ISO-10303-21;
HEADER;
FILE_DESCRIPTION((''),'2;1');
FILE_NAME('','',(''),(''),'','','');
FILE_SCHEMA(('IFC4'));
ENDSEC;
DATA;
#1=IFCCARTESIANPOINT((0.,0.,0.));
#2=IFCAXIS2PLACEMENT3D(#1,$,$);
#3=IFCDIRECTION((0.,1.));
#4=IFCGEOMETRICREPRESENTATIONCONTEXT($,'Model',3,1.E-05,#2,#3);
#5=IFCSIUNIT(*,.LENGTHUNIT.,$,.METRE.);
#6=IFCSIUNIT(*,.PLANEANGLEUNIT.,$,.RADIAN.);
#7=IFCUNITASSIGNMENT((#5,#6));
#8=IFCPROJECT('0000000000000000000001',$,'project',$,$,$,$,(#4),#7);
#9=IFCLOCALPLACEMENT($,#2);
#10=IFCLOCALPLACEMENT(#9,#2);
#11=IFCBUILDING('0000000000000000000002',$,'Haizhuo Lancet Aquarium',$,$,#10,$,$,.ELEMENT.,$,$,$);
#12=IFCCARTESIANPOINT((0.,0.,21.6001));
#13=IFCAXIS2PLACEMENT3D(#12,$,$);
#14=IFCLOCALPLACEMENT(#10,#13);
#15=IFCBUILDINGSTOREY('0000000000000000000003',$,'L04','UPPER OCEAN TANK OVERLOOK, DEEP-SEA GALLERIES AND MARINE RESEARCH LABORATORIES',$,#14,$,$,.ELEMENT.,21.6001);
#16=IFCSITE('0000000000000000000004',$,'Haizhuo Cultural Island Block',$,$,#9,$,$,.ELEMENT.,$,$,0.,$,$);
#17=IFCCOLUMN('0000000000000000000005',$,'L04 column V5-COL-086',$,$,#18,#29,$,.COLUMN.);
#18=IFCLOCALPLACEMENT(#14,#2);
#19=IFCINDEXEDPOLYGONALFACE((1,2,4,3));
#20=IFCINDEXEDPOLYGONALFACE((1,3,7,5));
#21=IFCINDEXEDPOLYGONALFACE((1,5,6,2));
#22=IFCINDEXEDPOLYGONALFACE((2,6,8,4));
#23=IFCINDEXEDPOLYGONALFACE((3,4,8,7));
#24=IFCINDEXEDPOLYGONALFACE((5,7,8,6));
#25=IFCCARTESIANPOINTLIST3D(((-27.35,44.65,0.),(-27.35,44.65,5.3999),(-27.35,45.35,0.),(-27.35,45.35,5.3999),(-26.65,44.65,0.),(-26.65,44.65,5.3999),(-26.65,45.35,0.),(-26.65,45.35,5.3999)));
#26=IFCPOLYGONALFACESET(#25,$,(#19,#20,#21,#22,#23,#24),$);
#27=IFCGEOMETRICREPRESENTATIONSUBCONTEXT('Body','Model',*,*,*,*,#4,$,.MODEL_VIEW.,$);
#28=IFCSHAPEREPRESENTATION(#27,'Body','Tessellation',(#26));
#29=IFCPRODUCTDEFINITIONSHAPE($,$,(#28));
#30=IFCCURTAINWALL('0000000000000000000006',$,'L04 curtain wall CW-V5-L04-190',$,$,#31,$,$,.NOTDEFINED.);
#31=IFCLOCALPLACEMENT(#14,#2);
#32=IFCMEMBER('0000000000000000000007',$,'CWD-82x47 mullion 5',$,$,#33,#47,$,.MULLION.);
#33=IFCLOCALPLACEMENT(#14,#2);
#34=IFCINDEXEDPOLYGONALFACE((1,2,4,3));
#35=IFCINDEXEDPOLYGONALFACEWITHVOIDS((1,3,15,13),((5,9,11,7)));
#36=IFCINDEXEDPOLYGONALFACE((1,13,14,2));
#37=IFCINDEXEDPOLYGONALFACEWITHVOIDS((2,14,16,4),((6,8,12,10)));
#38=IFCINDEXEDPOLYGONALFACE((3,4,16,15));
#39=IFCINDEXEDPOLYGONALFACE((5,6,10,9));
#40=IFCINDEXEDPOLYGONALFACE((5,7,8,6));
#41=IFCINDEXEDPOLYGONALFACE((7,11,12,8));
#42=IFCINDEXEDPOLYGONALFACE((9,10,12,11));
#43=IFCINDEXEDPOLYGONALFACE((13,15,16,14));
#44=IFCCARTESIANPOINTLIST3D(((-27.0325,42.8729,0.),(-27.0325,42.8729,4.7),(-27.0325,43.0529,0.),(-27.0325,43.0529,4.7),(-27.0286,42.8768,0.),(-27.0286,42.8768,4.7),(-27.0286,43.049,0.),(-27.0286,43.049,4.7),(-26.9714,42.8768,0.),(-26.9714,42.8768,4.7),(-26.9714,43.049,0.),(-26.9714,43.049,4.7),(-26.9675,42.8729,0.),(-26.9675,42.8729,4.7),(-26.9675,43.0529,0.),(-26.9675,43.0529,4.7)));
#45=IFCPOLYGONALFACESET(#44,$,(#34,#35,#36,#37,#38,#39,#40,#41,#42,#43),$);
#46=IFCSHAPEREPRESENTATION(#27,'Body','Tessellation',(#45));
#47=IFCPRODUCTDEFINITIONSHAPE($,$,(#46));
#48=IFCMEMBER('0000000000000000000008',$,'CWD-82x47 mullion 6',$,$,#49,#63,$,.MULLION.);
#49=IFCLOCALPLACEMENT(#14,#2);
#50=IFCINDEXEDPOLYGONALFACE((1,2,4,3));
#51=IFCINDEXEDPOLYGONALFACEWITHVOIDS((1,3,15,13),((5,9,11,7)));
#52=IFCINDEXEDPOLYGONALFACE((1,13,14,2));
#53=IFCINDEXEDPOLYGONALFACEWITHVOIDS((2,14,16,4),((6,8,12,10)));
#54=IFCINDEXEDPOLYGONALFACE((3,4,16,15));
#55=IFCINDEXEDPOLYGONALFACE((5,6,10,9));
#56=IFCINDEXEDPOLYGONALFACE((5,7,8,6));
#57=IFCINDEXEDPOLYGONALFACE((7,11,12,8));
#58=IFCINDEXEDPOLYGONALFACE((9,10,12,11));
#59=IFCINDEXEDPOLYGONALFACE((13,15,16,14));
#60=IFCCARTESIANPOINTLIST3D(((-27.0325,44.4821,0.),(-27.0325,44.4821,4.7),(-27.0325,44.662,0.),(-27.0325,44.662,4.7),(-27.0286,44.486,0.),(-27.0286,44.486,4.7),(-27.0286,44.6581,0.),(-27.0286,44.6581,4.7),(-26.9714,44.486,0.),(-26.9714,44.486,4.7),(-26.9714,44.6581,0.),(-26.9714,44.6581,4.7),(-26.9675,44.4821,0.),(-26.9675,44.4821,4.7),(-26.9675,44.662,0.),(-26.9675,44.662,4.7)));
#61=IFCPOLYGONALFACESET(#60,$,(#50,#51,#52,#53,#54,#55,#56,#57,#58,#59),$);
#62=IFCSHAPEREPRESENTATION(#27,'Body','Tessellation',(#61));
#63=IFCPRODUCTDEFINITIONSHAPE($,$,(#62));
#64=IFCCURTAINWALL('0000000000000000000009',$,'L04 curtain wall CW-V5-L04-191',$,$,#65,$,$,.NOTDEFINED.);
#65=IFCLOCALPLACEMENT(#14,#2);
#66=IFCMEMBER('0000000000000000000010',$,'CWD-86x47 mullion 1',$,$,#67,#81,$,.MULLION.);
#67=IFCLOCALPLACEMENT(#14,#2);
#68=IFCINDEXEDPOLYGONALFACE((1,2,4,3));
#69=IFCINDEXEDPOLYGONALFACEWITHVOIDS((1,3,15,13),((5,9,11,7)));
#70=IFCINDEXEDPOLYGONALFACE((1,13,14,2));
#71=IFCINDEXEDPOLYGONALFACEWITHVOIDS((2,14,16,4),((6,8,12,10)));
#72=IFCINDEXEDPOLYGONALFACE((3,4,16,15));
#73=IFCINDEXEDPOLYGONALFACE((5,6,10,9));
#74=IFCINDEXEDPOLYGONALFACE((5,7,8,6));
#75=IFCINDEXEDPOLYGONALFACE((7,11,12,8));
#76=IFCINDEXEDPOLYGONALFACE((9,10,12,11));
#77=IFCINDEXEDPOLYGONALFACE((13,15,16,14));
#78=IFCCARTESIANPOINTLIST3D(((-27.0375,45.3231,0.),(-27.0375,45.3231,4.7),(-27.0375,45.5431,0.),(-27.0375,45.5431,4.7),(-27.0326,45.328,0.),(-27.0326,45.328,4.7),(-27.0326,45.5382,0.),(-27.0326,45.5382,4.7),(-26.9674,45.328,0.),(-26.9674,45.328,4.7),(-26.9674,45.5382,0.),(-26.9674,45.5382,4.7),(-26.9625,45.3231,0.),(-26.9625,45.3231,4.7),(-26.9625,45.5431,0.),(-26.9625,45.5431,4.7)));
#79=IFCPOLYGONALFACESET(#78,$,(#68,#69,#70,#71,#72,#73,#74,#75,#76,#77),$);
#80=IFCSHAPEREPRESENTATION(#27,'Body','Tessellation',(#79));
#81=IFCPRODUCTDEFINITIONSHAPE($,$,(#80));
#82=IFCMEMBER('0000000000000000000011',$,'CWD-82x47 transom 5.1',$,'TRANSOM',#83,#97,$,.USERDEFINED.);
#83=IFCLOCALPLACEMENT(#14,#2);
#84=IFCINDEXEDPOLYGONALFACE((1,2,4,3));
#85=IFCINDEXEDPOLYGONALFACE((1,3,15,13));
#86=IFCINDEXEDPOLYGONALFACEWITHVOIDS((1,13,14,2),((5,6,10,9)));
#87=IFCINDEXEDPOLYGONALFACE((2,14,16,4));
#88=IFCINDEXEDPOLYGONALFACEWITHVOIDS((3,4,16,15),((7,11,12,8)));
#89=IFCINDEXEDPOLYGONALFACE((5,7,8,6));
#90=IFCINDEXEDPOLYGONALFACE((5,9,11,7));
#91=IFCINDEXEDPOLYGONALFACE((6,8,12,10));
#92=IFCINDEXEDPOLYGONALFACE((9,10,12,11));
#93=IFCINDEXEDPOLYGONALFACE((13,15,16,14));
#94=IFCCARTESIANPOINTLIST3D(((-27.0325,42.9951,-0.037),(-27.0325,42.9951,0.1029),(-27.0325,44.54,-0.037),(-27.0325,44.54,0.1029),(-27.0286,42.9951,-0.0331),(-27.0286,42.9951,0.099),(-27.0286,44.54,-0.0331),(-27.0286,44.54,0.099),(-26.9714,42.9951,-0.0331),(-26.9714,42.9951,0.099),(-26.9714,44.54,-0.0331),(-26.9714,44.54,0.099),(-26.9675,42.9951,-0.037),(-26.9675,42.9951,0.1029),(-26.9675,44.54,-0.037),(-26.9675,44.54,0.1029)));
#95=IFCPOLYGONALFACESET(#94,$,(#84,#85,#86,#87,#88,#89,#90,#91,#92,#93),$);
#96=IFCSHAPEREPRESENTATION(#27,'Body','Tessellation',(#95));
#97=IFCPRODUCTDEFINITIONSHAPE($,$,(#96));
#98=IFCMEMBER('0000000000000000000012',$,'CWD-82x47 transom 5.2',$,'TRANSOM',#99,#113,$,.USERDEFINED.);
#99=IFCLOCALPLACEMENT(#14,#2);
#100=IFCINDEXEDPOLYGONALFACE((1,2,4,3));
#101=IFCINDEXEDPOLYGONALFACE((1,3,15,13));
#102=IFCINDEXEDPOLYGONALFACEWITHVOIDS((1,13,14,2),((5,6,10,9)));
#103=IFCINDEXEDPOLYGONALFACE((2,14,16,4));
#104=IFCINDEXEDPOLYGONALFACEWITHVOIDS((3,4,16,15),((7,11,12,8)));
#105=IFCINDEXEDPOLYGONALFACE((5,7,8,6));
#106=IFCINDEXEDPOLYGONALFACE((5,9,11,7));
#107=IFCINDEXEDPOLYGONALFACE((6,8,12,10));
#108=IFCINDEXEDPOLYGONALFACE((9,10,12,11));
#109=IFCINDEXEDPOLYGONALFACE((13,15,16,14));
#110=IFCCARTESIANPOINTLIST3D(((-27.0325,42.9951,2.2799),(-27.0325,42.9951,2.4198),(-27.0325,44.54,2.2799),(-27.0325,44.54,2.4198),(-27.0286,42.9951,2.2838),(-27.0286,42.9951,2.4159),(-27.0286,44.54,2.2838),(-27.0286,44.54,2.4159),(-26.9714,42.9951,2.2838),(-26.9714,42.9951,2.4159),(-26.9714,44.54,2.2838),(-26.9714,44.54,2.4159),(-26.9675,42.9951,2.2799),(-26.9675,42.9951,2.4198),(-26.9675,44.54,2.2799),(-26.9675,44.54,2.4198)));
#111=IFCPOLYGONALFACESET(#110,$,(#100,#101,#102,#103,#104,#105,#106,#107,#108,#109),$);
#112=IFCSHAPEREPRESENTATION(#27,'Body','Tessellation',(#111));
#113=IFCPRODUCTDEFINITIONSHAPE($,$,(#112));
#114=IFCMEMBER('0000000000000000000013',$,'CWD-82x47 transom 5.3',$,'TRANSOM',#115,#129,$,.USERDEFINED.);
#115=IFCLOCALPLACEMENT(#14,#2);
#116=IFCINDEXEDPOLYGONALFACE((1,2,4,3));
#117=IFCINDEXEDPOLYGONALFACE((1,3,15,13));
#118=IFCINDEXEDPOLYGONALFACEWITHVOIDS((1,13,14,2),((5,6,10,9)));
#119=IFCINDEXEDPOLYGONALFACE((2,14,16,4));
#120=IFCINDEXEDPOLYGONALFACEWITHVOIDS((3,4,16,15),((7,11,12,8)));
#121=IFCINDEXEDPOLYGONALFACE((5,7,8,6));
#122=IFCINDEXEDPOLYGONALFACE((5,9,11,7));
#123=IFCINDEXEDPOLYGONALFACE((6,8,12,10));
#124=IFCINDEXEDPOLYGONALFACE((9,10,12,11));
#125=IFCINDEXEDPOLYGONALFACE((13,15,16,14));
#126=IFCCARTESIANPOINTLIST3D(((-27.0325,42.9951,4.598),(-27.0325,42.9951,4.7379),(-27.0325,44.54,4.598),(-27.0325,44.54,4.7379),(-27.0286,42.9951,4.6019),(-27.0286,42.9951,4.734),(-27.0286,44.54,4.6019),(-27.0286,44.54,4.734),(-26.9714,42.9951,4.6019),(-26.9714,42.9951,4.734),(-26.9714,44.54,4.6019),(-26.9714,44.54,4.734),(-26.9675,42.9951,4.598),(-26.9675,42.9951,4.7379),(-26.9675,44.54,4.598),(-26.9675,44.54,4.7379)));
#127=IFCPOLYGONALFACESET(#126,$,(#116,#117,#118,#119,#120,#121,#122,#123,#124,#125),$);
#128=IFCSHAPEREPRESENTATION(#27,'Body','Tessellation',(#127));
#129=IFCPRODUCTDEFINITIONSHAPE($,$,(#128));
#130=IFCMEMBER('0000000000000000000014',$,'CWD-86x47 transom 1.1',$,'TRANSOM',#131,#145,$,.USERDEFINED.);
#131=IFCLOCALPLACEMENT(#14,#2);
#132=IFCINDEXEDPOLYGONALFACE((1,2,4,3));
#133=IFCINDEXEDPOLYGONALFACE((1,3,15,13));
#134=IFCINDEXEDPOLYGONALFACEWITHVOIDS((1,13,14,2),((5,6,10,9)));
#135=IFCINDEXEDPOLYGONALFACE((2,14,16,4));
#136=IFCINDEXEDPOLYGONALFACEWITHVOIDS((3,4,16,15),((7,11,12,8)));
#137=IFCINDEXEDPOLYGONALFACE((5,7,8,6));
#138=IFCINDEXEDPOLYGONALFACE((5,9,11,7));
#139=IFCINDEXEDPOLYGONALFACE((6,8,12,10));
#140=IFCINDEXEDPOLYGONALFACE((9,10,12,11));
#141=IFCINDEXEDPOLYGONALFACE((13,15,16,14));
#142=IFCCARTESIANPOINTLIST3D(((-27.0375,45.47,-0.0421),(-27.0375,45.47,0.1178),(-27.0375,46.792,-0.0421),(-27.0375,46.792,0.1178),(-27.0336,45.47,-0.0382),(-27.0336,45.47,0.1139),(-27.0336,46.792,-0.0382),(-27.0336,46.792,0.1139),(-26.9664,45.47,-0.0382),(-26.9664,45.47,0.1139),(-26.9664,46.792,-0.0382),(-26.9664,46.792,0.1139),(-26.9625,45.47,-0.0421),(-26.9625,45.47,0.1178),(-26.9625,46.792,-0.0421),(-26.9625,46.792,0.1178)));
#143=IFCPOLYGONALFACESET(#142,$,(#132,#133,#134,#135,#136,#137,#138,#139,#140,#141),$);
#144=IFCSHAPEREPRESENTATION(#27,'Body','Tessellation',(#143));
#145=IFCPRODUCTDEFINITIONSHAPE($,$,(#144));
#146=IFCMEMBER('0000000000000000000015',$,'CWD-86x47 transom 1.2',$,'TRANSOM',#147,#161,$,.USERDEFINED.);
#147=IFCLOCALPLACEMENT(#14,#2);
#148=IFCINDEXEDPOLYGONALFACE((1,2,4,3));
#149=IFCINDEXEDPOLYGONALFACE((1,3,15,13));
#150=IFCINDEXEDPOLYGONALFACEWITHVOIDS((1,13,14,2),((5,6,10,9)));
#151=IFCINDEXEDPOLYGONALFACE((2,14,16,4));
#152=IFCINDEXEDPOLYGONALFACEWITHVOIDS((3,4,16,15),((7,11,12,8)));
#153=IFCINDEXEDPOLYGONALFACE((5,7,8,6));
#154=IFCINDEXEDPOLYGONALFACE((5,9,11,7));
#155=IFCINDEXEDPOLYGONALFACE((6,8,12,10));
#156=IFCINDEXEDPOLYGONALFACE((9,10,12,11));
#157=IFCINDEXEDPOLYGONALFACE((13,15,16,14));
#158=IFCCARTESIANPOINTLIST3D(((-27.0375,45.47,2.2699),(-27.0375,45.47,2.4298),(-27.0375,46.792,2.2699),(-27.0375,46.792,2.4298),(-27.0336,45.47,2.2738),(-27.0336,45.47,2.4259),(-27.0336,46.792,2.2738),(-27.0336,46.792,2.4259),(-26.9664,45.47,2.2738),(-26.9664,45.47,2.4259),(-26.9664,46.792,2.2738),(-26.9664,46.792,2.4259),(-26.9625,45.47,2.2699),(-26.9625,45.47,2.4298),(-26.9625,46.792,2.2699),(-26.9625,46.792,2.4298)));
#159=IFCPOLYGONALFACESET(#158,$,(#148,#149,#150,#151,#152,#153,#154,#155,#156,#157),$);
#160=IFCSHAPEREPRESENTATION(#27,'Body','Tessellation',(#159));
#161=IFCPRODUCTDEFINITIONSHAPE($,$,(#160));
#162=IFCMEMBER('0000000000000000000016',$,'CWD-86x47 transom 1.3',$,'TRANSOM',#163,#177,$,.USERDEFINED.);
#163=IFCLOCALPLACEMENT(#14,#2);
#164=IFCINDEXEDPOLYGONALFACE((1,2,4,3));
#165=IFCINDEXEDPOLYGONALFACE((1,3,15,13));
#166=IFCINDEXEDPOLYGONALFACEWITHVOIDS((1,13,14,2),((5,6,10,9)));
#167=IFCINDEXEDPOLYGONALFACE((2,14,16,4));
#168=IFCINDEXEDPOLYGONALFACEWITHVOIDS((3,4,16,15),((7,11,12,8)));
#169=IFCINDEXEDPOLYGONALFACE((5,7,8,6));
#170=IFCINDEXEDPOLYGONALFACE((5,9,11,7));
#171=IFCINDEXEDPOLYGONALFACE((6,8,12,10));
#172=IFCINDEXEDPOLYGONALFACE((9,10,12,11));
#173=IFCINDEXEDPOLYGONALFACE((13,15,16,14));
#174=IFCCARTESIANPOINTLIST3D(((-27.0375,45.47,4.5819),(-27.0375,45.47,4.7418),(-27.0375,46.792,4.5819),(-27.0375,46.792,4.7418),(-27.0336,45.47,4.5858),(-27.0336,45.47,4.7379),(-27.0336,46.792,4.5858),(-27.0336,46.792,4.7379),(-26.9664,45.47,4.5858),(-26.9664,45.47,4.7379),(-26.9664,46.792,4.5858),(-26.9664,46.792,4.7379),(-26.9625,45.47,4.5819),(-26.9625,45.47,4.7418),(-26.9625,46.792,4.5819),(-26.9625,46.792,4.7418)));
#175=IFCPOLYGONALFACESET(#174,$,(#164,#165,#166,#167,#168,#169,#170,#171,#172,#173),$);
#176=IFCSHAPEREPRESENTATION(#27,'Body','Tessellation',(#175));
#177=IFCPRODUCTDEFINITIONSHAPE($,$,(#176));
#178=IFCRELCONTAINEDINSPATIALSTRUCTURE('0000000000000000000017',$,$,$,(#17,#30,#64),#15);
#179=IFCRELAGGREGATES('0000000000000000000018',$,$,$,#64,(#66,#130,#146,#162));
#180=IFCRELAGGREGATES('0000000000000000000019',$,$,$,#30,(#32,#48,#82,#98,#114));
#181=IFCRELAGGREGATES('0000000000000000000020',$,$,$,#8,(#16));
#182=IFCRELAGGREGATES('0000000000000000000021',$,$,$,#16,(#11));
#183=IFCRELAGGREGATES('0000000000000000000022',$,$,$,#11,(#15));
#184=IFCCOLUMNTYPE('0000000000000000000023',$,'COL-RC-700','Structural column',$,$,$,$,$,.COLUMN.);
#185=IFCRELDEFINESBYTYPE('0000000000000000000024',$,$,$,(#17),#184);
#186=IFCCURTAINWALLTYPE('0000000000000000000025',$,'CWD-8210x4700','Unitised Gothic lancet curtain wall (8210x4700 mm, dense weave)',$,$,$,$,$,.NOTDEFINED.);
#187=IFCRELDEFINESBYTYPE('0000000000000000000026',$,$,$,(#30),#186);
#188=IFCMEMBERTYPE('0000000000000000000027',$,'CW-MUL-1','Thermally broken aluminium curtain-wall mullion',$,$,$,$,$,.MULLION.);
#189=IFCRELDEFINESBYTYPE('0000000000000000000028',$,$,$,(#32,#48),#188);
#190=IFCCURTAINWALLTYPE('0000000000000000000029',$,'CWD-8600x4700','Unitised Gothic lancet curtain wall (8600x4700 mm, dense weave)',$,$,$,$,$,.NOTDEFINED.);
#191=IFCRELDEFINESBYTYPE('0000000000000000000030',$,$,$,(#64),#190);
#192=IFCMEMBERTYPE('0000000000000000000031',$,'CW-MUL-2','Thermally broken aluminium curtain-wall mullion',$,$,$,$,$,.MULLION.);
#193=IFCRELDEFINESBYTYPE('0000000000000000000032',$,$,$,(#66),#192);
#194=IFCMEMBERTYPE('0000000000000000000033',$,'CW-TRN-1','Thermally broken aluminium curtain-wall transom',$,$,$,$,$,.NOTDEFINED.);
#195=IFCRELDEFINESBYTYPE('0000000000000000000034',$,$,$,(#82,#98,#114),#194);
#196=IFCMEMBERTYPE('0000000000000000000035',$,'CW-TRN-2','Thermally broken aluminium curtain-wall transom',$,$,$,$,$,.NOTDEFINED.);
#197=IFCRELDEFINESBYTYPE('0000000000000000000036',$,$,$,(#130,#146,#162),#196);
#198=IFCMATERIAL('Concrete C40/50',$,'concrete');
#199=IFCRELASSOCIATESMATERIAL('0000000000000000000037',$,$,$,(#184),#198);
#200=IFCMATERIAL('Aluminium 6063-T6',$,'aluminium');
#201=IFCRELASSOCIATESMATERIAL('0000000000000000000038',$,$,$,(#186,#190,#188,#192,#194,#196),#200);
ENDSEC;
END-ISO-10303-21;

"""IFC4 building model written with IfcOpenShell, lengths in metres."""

from ifc_helpers import new_model, si_unit, direction, frame, origin, origin_2d, place, context, subcontext, project, spatial, rectangle, hollow_rectangle, extrude, material, material_profile, profile_set, type_object, element, aggregate, save


model = new_model("IFC4")

# Units and contexts
model_context = context("Model", 3, precision=1e-05, world=origin(), true_north=direction((0.0, 1.0)))
body_context = subcontext(model_context, "Body", "Model", "MODEL_VIEW")
ifc_project = project(units=[si_unit("LENGTHUNIT", "METRE"), si_unit("PLANEANGLEUNIT", "RADIAN")], contexts=[model_context])

# Site, building, storey
site_placement = place(None, origin())
site = spatial("IfcSite", under=ifc_project, at=site_placement, Name="Haizhuo Cultural Island Block", CompositionType="ELEMENT", RefElevation=0.0)
building_placement = place(site_placement, origin())
building = spatial("IfcBuilding", under=site, at=building_placement, Name="Haizhuo Lancet Aquarium", CompositionType="ELEMENT")
storey_placement = place(building_placement, frame((0.0, 0.0, 21.6001)))
storey = spatial("IfcBuildingStorey", under=building, at=storey_placement, Name="L04", Description="UPPER OCEAN TANK OVERLOOK, DEEP-SEA GALLERIES AND MARINE RESEARCH LABORATORIES", CompositionType="ELEMENT", Elevation=21.6001)

# Column
ifc_material_1 = material(Name="Concrete C40/50", Category="concrete")
ifc_material_profile_1 = material_profile(ifc_material_1, rectangle(XDim=0.7, YDim=0.7, at=origin_2d()), Name="RC-COL 700x700")
ifc_profile_set_1 = profile_set([ifc_material_profile_1], Name="Concrete C40/50")
column_type = type_object("IfcColumnType", Name="COL-RC-700", Description="Structural column", PredefinedType="COLUMN", material=ifc_profile_set_1)
column_placement = place(storey_placement, frame((-27.0, 45.0, 0.0), z_axis=(0.0, 0.0, 1.0), x_axis=(1.0, 0.0, 0.0)))
element("IfcColumn", 1, at=column_placement, inside=storey, type_object=column_type, Name="L04 column V5-COL-086", PredefinedType="COLUMN", context=body_context, shape_type="SweptSolid", body=[
    extrude(rectangle(XDim=0.7, YDim=0.7, at=origin_2d()), origin(), (0.0, 0.0, 1.0), 5.3999),
])

# Curtain wall, members
ifc_material_2 = material(Name="Aluminium 6063-T6", Category="aluminium")
curtain_wall_type_1 = type_object("IfcCurtainWallType", Name="CWD-8210x4700", Description="Unitised Gothic lancet curtain wall (8210x4700 mm, dense weave)", PredefinedType="NOTDEFINED", material=ifc_material_2)
curtain_wall_1_placement = place(storey_placement, origin())
curtain_wall_1 = element("IfcCurtainWall", 2, at=curtain_wall_1_placement, inside=storey, type_object=curtain_wall_type_1, Name="L04 curtain wall CW-V5-L04-190", PredefinedType="NOTDEFINED")
ifc_material_profile_2 = material_profile(ifc_material_2, hollow_rectangle(XDim=0.0649, YDim=0.1799, WallThickness=0.0039, at=origin_2d()), Name="ALU-M 65x180x4")
ifc_profile_set_2 = profile_set([ifc_material_profile_2], Name="Aluminium 6063-T6")
member_type_1 = type_object("IfcMemberType", Name="CW-MUL-1", Description="Thermally broken aluminium curtain-wall mullion", PredefinedType="MULLION", material=ifc_profile_set_2)
member_1_placement = place(storey_placement, frame((-27.0, 42.9629, 0.0), z_axis=(0.0, 0.0, 1.0), x_axis=(-1.0, 0.0, 0.0)))
member_1 = element("IfcMember", 3, at=member_1_placement, type_object=member_type_1, Name="CWD-82x47 mullion 5", PredefinedType="MULLION", context=body_context, shape_type="SweptSolid", body=[
    extrude(hollow_rectangle(XDim=0.0649, YDim=0.1799, WallThickness=0.0039, at=origin_2d()), origin(), (0.0, 0.0, 1.0), 4.7),
])
member_2_placement = place(storey_placement, frame((-27.0, 44.572, 0.0), z_axis=(0.0, 0.0, 1.0), x_axis=(-1.0, 0.0, 0.0)))
member_2 = element("IfcMember", 4, at=member_2_placement, type_object=member_type_1, Name="CWD-82x47 mullion 6", PredefinedType="MULLION", context=body_context, shape_type="SweptSolid", body=[
    extrude(hollow_rectangle(XDim=0.0649, YDim=0.1799, WallThickness=0.0039, at=origin_2d()), origin(), (0.0, 0.0, 1.0), 4.7),
])

# Curtain wall, member
curtain_wall_type_2 = type_object("IfcCurtainWallType", Name="CWD-8600x4700", Description="Unitised Gothic lancet curtain wall (8600x4700 mm, dense weave)", PredefinedType="NOTDEFINED", material=ifc_material_2)
curtain_wall_2_placement = place(storey_placement, origin())
curtain_wall_2 = element("IfcCurtainWall", 5, at=curtain_wall_2_placement, inside=storey, type_object=curtain_wall_type_2, Name="L04 curtain wall CW-V5-L04-191", PredefinedType="NOTDEFINED")
ifc_material_profile_3 = material_profile(ifc_material_2, hollow_rectangle(XDim=0.075, YDim=0.22, WallThickness=0.0049, at=origin_2d()), Name="ALU-M 75x220x5")
ifc_profile_set_3 = profile_set([ifc_material_profile_3], Name="Aluminium 6063-T6")
member_type_2 = type_object("IfcMemberType", Name="CW-MUL-2", Description="Thermally broken aluminium curtain-wall mullion", PredefinedType="MULLION", material=ifc_profile_set_3)
member_3_placement = place(storey_placement, frame((-27.0, 45.4331, 0.0), z_axis=(0.0, 0.0, 1.0), x_axis=(-1.0, 0.0, 0.0)))
member_3 = element("IfcMember", 6, at=member_3_placement, type_object=member_type_2, Name="CWD-86x47 mullion 1", PredefinedType="MULLION", context=body_context, shape_type="SweptSolid", body=[
    extrude(hollow_rectangle(XDim=0.075, YDim=0.22, WallThickness=0.0049, at=origin_2d()), origin(), (0.0, 0.0, 1.0), 4.7),
])

# Members
ifc_material_profile_4 = material_profile(ifc_material_2, hollow_rectangle(XDim=0.0649, YDim=0.1399, WallThickness=0.0039, at=origin_2d()), Name="ALU-T 65x140x4")
ifc_profile_set_4 = profile_set([ifc_material_profile_4], Name="Aluminium 6063-T6")
member_type_3 = type_object("IfcMemberType", Name="CW-TRN-1", Description="Thermally broken aluminium curtain-wall transom", PredefinedType="NOTDEFINED", material=ifc_profile_set_4)
member_4_placement = place(storey_placement, frame((-27.0, 42.9951, 0.033), z_axis=(0.0, 1.0, 0.0), x_axis=(-1.0, 0.0, 0.0)))
member_4 = element("IfcMember", 7, at=member_4_placement, type_object=member_type_3, Name="CWD-82x47 transom 5.1", ObjectType="TRANSOM", PredefinedType="USERDEFINED", context=body_context, shape_type="SweptSolid", body=[
    extrude(hollow_rectangle(XDim=0.0649, YDim=0.1399, WallThickness=0.0039, at=origin_2d()), origin(), (0.0, 0.0, 1.0), 1.5449),
])
member_5_placement = place(storey_placement, frame((-27.0, 42.9951, 2.3499), z_axis=(0.0, 1.0, 0.0), x_axis=(-1.0, 0.0, 0.0)))
member_5 = element("IfcMember", 8, at=member_5_placement, type_object=member_type_3, Name="CWD-82x47 transom 5.2", ObjectType="TRANSOM", PredefinedType="USERDEFINED", context=body_context, shape_type="SweptSolid", body=[
    extrude(hollow_rectangle(XDim=0.0649, YDim=0.1399, WallThickness=0.0039, at=origin_2d()), origin(), (0.0, 0.0, 1.0), 1.5449),
])
member_6_placement = place(storey_placement, frame((-27.0, 42.9951, 4.668), z_axis=(0.0, 1.0, 0.0), x_axis=(-1.0, 0.0, 0.0)))
member_6 = element("IfcMember", 9, at=member_6_placement, type_object=member_type_3, Name="CWD-82x47 transom 5.3", ObjectType="TRANSOM", PredefinedType="USERDEFINED", context=body_context, shape_type="SweptSolid", body=[
    extrude(hollow_rectangle(XDim=0.0649, YDim=0.1399, WallThickness=0.0039, at=origin_2d()), origin(), (0.0, 0.0, 1.0), 1.5449),
])
ifc_material_profile_5 = material_profile(ifc_material_2, hollow_rectangle(XDim=0.075, YDim=0.1599, WallThickness=0.0039, at=origin_2d()), Name="ALU-T 75x160x4")
ifc_profile_set_5 = profile_set([ifc_material_profile_5], Name="Aluminium 6063-T6")
member_type_4 = type_object("IfcMemberType", Name="CW-TRN-2", Description="Thermally broken aluminium curtain-wall transom", PredefinedType="NOTDEFINED", material=ifc_profile_set_5)
member_7_placement = place(storey_placement, frame((-27.0, 45.47, 0.0378), z_axis=(0.0, 1.0, 0.0), x_axis=(-1.0, 0.0, 0.0)))
member_7 = element("IfcMember", 10, at=member_7_placement, type_object=member_type_4, Name="CWD-86x47 transom 1.1", ObjectType="TRANSOM", PredefinedType="USERDEFINED", context=body_context, shape_type="SweptSolid", body=[
    extrude(hollow_rectangle(XDim=0.075, YDim=0.1599, WallThickness=0.0039, at=origin_2d()), origin(), (0.0, 0.0, 1.0), 1.322),
])
member_8_placement = place(storey_placement, frame((-27.0, 45.47, 2.3499), z_axis=(0.0, 1.0, 0.0), x_axis=(-1.0, 0.0, 0.0)))
member_8 = element("IfcMember", 11, at=member_8_placement, type_object=member_type_4, Name="CWD-86x47 transom 1.2", ObjectType="TRANSOM", PredefinedType="USERDEFINED", context=body_context, shape_type="SweptSolid", body=[
    extrude(hollow_rectangle(XDim=0.075, YDim=0.1599, WallThickness=0.0039, at=origin_2d()), origin(), (0.0, 0.0, 1.0), 1.322),
])
member_9_placement = place(storey_placement, frame((-27.0, 45.47, 4.6619), z_axis=(0.0, 1.0, 0.0), x_axis=(-1.0, 0.0, 0.0)))
member_9 = element("IfcMember", 12, at=member_9_placement, type_object=member_type_4, Name="CWD-86x47 transom 1.3", ObjectType="TRANSOM", PredefinedType="USERDEFINED", context=body_context, shape_type="SweptSolid", body=[
    extrude(hollow_rectangle(XDim=0.075, YDim=0.1599, WallThickness=0.0039, at=origin_2d()), origin(), (0.0, 0.0, 1.0), 1.322),
])
aggregate(curtain_wall_2, [member_3, member_7, member_8, member_9])

aggregate(curtain_wall_1, [member_1, member_2, member_4, member_5, member_6])

save(model, "model.ifc")
